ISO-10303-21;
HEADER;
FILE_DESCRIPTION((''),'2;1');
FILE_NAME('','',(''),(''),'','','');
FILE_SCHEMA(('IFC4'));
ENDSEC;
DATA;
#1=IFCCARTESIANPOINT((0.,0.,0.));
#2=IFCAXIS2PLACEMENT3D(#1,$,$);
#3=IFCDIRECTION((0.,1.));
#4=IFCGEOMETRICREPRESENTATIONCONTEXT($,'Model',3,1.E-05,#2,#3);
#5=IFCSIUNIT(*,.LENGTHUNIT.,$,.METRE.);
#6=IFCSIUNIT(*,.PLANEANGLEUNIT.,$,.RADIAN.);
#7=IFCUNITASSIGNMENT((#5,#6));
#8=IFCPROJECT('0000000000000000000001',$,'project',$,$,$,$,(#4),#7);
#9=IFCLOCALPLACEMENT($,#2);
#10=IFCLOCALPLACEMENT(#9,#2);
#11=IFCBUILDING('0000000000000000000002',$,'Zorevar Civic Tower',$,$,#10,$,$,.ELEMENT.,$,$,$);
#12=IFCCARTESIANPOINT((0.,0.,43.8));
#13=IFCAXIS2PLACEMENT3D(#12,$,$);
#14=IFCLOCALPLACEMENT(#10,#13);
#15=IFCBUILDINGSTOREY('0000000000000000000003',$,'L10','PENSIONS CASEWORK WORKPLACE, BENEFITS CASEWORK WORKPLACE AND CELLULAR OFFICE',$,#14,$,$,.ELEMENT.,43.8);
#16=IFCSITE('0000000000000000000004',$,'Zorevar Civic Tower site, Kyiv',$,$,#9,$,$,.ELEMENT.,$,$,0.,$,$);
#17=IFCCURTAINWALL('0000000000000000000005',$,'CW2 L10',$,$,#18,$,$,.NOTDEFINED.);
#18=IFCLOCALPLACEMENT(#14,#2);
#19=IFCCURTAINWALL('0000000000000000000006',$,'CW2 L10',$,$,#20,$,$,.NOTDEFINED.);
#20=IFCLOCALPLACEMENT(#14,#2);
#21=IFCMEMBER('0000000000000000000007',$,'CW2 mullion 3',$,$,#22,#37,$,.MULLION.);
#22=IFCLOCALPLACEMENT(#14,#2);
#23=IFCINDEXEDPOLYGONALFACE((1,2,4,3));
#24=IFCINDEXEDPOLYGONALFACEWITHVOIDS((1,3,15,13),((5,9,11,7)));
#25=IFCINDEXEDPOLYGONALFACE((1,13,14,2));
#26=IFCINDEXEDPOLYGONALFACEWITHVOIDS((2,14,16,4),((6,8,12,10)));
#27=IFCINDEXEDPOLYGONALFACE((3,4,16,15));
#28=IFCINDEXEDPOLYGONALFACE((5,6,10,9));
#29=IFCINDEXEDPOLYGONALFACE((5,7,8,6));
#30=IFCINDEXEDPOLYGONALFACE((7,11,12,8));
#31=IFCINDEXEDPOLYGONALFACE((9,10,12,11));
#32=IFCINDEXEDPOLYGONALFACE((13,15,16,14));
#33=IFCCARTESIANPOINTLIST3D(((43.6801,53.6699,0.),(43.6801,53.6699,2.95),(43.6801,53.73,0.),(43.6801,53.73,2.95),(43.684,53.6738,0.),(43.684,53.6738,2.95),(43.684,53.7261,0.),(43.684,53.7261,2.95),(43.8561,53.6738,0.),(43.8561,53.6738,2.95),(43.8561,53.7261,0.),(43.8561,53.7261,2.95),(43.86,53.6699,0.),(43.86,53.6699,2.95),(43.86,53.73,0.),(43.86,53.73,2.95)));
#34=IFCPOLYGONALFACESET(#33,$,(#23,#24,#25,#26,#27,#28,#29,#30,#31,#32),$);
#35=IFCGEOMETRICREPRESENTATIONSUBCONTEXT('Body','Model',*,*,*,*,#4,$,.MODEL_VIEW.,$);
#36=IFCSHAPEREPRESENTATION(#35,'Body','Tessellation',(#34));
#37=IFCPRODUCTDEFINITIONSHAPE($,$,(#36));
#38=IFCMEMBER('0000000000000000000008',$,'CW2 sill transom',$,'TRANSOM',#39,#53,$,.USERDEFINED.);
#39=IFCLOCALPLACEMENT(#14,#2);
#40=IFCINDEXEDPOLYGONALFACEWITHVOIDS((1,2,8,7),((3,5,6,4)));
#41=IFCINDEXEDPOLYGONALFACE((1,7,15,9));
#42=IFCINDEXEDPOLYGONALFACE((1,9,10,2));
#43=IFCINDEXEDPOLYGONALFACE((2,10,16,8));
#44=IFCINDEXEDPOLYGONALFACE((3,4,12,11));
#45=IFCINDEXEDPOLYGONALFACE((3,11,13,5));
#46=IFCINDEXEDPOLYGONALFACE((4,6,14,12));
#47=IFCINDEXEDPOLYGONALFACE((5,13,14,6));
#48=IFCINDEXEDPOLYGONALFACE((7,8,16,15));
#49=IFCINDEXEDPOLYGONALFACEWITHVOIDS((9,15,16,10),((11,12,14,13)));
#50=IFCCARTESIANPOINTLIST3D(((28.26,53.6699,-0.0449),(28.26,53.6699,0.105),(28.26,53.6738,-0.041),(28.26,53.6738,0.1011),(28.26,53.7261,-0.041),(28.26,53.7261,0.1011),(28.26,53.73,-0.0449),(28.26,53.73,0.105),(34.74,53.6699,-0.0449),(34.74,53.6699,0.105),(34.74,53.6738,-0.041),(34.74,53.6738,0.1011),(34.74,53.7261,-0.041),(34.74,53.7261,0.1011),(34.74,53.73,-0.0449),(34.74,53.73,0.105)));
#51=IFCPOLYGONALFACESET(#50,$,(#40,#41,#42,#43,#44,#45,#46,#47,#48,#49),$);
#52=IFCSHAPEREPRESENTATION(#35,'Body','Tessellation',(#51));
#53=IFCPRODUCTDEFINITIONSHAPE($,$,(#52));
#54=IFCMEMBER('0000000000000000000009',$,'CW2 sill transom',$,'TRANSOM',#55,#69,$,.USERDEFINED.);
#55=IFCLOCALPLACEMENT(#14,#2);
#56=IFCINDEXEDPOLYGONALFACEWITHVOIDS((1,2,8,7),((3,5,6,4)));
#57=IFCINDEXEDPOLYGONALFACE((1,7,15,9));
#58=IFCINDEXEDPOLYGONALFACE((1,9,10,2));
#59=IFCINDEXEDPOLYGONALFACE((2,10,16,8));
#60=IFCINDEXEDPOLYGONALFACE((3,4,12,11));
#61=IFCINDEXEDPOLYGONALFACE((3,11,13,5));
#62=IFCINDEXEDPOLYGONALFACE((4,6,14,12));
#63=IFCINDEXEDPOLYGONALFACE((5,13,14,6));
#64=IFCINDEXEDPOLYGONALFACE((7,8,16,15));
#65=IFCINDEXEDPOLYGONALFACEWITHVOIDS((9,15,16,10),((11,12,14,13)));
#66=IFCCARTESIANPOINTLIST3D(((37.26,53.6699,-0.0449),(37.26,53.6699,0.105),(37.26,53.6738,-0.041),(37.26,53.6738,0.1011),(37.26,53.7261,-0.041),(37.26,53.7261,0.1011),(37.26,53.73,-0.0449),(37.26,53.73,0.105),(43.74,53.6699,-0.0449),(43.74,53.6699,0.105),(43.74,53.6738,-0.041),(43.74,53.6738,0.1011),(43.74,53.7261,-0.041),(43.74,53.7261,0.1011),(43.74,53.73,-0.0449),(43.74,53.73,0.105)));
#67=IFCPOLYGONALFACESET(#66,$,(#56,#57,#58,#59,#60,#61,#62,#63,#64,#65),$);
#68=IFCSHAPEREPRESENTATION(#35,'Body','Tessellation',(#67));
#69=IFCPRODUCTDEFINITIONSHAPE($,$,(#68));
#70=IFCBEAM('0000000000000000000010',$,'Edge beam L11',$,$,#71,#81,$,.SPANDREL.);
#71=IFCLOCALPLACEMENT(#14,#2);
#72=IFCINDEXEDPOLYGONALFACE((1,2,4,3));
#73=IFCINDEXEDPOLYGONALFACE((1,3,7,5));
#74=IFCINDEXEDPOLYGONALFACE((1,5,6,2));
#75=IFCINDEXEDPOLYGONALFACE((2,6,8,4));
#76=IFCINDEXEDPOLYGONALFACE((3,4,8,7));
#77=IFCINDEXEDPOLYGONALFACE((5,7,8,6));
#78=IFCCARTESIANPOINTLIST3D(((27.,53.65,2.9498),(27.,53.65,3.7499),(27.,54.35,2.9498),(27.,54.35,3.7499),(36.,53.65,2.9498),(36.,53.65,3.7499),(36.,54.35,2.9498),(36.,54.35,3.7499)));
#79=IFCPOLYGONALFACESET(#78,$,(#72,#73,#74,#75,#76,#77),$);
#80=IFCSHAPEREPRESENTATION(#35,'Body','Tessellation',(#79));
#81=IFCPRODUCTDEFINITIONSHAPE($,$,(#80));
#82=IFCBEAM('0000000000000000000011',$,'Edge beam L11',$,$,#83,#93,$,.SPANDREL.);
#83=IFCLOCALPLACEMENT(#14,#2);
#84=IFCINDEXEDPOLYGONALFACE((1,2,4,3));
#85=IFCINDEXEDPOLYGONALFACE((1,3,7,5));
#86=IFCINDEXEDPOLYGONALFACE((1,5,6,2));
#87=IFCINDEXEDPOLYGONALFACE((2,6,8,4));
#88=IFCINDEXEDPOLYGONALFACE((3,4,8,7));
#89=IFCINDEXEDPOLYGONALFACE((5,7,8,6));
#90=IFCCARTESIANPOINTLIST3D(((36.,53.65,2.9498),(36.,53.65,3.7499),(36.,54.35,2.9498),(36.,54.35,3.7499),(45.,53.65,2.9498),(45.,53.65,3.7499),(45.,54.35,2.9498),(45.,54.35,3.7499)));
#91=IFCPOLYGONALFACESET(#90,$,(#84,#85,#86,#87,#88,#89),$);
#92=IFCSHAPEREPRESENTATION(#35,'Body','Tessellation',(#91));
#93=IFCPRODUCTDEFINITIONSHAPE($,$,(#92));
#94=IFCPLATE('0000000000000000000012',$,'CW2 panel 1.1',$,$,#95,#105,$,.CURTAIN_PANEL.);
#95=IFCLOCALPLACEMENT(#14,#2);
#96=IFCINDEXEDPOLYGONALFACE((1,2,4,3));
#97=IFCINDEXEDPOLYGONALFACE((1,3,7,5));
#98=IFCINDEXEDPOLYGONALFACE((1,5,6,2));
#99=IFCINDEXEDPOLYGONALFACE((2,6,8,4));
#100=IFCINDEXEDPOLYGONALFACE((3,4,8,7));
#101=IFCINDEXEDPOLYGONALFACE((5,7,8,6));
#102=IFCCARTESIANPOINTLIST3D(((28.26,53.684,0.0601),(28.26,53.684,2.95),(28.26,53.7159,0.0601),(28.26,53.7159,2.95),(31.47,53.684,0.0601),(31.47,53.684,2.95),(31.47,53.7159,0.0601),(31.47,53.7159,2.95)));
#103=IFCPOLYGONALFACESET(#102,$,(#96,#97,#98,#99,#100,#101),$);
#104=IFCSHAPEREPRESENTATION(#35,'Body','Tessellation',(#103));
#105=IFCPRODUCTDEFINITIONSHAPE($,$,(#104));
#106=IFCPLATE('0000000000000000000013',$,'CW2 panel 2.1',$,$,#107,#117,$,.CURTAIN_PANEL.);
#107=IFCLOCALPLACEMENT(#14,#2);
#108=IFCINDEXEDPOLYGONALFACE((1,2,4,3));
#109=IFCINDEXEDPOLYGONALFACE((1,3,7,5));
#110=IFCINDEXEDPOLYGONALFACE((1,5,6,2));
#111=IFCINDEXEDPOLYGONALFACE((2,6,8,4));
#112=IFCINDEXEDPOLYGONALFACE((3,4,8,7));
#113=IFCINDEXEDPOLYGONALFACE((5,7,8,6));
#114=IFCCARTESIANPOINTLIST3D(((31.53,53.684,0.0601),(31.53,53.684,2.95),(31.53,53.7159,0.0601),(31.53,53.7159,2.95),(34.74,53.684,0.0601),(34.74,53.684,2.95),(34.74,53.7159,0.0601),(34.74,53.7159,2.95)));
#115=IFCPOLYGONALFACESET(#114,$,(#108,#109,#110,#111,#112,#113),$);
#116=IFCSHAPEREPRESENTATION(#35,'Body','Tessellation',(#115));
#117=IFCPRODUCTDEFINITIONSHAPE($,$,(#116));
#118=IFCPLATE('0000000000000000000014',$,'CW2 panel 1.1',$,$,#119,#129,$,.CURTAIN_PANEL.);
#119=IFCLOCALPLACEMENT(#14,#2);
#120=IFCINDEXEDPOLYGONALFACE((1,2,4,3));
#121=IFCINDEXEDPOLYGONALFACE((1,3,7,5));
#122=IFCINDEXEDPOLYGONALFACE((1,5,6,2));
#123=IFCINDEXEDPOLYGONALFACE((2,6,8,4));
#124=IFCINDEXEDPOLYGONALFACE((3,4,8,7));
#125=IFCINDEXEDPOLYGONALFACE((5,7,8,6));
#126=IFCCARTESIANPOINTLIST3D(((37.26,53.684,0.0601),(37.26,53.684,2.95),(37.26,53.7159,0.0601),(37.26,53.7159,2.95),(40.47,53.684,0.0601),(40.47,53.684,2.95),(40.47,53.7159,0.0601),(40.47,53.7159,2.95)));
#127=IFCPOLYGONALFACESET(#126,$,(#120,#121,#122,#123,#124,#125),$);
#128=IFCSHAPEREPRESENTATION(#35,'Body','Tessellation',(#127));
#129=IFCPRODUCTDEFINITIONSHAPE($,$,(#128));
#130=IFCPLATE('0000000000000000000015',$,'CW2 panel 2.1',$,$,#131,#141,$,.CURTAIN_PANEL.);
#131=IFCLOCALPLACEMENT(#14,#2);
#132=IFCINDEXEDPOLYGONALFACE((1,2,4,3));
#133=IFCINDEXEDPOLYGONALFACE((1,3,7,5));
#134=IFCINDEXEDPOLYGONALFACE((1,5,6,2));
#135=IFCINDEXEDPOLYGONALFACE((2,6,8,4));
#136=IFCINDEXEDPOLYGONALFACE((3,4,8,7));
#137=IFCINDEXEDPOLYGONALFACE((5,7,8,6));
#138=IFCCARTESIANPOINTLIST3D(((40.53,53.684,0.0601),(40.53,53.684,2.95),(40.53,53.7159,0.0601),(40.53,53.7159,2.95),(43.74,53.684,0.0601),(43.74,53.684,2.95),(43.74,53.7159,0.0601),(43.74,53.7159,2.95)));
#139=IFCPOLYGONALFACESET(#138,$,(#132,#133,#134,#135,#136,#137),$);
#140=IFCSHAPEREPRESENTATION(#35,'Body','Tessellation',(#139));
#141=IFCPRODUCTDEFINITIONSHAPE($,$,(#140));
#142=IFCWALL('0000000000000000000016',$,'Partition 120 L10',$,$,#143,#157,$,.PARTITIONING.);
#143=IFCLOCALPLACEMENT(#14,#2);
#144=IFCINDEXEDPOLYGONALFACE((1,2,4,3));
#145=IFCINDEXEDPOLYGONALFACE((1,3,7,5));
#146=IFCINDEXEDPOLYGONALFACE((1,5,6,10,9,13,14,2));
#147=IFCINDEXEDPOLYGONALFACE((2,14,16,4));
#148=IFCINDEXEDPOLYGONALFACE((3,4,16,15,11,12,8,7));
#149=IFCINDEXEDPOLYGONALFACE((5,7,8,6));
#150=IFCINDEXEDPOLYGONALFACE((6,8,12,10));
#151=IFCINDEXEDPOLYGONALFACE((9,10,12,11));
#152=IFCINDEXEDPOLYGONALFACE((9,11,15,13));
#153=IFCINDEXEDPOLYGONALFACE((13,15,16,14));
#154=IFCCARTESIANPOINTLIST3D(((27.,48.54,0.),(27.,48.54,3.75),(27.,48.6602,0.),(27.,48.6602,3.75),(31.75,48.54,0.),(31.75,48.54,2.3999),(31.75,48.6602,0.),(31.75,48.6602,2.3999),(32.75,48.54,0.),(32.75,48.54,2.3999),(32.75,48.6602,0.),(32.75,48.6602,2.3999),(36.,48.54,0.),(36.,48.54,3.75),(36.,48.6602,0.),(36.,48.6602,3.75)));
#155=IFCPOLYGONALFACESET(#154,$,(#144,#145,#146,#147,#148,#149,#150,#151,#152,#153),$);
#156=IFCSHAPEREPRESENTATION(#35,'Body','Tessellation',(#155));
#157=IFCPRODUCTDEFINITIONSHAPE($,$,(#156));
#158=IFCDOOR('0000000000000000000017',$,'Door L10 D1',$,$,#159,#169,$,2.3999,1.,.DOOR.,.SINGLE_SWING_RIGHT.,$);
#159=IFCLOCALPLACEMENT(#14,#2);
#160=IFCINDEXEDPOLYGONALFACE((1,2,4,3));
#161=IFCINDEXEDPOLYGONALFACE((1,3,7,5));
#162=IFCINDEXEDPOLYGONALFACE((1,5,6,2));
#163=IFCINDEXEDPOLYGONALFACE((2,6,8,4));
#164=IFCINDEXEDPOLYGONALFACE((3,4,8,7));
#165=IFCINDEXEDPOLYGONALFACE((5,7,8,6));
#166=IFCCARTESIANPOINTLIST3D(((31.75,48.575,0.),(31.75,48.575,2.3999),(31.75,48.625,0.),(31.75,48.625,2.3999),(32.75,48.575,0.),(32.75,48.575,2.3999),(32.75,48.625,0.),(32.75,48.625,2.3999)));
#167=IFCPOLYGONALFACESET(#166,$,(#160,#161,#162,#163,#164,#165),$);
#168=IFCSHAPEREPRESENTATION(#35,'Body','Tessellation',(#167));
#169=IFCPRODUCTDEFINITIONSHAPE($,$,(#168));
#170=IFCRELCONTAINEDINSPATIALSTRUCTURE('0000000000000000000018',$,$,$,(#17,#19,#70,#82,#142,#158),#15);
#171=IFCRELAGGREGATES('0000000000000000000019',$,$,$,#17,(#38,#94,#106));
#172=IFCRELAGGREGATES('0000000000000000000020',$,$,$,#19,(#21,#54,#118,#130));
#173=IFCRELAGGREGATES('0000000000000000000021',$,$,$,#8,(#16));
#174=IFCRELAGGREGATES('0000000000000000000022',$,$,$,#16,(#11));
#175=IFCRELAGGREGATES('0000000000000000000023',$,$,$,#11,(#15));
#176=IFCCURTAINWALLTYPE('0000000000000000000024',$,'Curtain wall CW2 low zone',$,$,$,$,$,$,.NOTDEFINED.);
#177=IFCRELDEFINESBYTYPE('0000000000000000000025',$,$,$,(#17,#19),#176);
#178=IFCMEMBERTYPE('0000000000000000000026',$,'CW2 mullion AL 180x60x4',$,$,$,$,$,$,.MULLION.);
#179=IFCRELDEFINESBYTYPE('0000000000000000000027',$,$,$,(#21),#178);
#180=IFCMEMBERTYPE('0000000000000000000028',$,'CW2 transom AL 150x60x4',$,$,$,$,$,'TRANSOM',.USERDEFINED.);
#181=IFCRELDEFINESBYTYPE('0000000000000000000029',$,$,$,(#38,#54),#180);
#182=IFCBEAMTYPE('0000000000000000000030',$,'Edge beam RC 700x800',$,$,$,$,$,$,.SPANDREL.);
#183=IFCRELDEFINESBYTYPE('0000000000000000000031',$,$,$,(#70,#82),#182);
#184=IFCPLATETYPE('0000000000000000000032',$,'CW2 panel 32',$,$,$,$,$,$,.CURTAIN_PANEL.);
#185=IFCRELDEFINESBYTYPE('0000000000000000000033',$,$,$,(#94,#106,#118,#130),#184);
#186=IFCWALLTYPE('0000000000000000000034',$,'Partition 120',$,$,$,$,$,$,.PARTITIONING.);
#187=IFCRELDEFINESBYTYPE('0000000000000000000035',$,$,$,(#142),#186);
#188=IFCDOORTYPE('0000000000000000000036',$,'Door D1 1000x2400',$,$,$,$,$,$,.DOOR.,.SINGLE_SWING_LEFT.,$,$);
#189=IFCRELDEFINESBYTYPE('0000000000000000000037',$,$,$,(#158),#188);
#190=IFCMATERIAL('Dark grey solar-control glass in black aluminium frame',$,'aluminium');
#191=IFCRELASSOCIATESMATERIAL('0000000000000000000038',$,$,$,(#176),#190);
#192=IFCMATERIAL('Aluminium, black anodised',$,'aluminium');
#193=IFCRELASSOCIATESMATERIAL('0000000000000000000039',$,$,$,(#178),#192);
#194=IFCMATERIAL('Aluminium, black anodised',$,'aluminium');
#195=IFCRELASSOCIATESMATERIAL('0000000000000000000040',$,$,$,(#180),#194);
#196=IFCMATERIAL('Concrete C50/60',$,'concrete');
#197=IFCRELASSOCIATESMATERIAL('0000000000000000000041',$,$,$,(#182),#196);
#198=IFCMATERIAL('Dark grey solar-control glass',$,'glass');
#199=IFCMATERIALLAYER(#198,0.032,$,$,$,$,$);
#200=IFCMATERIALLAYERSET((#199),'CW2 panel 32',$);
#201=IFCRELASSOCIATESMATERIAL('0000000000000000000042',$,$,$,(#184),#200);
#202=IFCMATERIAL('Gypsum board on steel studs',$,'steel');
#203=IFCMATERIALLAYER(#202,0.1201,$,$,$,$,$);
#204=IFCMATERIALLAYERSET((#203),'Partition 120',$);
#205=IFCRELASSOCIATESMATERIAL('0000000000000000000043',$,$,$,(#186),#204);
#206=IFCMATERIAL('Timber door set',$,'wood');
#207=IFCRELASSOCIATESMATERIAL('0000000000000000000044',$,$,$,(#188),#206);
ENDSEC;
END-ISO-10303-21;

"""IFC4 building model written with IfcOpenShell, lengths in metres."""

from ifc_helpers import new_model, si_unit, direction, frame, frame_2d, origin, origin_2d, place, context, subcontext, project, spatial, rectangle, hollow_rectangle, extrude, material, layer, layer_set, material_profile, profile_set, type_object, element, fill, aggregate, save


model = new_model("IFC4")

# Units and contexts
model_context = context("Model", 3, precision=1e-05, world=origin(), true_north=direction((0.0, 1.0)))
body_context = subcontext(model_context, "Body", "Model", "MODEL_VIEW")
ifc_project = project(units=[si_unit("LENGTHUNIT", "METRE"), si_unit("PLANEANGLEUNIT", "RADIAN")], contexts=[model_context])

# Site, building, storey
site_placement = place(None, origin())
site = spatial("IfcSite", under=ifc_project, at=site_placement, Name="Zorevar Civic Tower site, Kyiv", CompositionType="ELEMENT", RefElevation=0.0)
building_placement = place(site_placement, origin())
building = spatial("IfcBuilding", under=site, at=building_placement, Name="Zorevar Civic Tower", CompositionType="ELEMENT")
storey_placement = place(building_placement, frame((0.0, 0.0, 43.8)))
storey = spatial("IfcBuildingStorey", under=building, at=storey_placement, Name="L10", Description="PENSIONS CASEWORK WORKPLACE, BENEFITS CASEWORK WORKPLACE AND CELLULAR OFFICE", CompositionType="ELEMENT", Elevation=43.8)

# Curtain walls, member
ifc_material_1 = material(Name="Dark grey solar-control glass in black aluminium frame", Category="aluminium")
curtain_wall_type = type_object("IfcCurtainWallType", Name="Curtain wall CW2 low zone", PredefinedType="NOTDEFINED", material=ifc_material_1)
curtain_wall_1_placement = place(storey_placement, origin())
curtain_wall_1 = element("IfcCurtainWall", 1, at=curtain_wall_1_placement, inside=storey, type_object=curtain_wall_type, Name="CW2 L10", PredefinedType="NOTDEFINED")
ifc_material_2 = material(Name="Aluminium, black anodised", Category="aluminium")
ifc_material_profile_1 = material_profile(ifc_material_2, hollow_rectangle(XDim=0.0601, YDim=0.1799, WallThickness=0.0039, at=origin_2d()), Name="AL 180x60x4")
ifc_profile_set_1 = profile_set([ifc_material_profile_1], Name="Aluminium, black anodised")
member_type_1 = type_object("IfcMemberType", Name="CW2 mullion AL 180x60x4", PredefinedType="MULLION", material=ifc_profile_set_1)
curtain_wall_2_placement = place(storey_placement, origin())
curtain_wall_2 = element("IfcCurtainWall", 2, at=curtain_wall_2_placement, inside=storey, type_object=curtain_wall_type, Name="CW2 L10", PredefinedType="NOTDEFINED")
member_1_placement = place(storey_placement, frame((43.77, 53.7, 0.0), z_axis=(0.0, 0.0, 1.0), x_axis=(0.0, 1.0, 0.0)))
member_1 = element("IfcMember", 3, at=member_1_placement, type_object=member_type_1, Name="CW2 mullion 3", PredefinedType="MULLION", context=body_context, shape_type="SweptSolid", body=[
    extrude(hollow_rectangle(XDim=0.0601, YDim=0.1799, WallThickness=0.0039, at=origin_2d()), origin(), (0.0, 0.0, 1.0), 2.95),
])

# Members
ifc_material_3 = material(Name="Aluminium, black anodised", Category="aluminium")
ifc_material_profile_2 = material_profile(ifc_material_3, hollow_rectangle(XDim=0.0601, YDim=0.1499, WallThickness=0.0039, at=origin_2d()), Name="AL 150x60x4")
ifc_profile_set_2 = profile_set([ifc_material_profile_2], Name="Aluminium, black anodised")
member_type_2 = type_object("IfcMemberType", Name="CW2 transom AL 150x60x4", ElementType="TRANSOM", PredefinedType="USERDEFINED", material=ifc_profile_set_2)
member_2_placement = place(storey_placement, frame((28.26, 53.7, 0.03), z_axis=(1.0, 0.0, 0.0), x_axis=(0.0, 1.0, 0.0)))
member_2 = element("IfcMember", 4, at=member_2_placement, type_object=member_type_2, Name="CW2 sill transom", ObjectType="TRANSOM", PredefinedType="USERDEFINED", context=body_context, shape_type="SweptSolid", body=[
    extrude(hollow_rectangle(XDim=0.0601, YDim=0.1499, WallThickness=0.0039, at=origin_2d()), origin(), (0.0, 0.0, 1.0), 6.48),
])
member_3_placement = place(storey_placement, frame((37.26, 53.7, 0.03), z_axis=(1.0, 0.0, 0.0), x_axis=(0.0, 1.0, 0.0)))
member_3 = element("IfcMember", 5, at=member_3_placement, type_object=member_type_2, Name="CW2 sill transom", ObjectType="TRANSOM", PredefinedType="USERDEFINED", context=body_context, shape_type="SweptSolid", body=[
    extrude(hollow_rectangle(XDim=0.0601, YDim=0.1499, WallThickness=0.0039, at=origin_2d()), origin(), (0.0, 0.0, 1.0), 6.48),
])

# Beams
ifc_material_4 = material(Name="Concrete C50/60", Category="concrete")
ifc_material_profile_3 = material_profile(ifc_material_4, rectangle(XDim=0.7, YDim=0.8, at=origin_2d()), Name="RC 700x800")
ifc_profile_set_3 = profile_set([ifc_material_profile_3], Name="Concrete C50/60")
beam_type_1 = type_object("IfcBeamType", Name="Edge beam RC 700x800", PredefinedType="SPANDREL", material=ifc_profile_set_3)
for number, where, z_axis, x_axis, name in (
    (6, (27.0, 54.0, 3.3499), (1.0, 0.0, 0.0), (0.0, 1.0, 0.0), "Edge beam L11"),
    (7, (36.0, 54.0, 3.3499), (1.0, 0.0, 0.0), (0.0, 1.0, 0.0), "Edge beam L11"),
):
    element("IfcBeam", number, at=place(storey_placement, frame(where, z_axis=z_axis, x_axis=x_axis)), inside=storey, type_object=beam_type_1, Name=name, PredefinedType="SPANDREL", context=body_context, shape_type="SweptSolid", body=[
        extrude(rectangle(XDim=0.7, YDim=0.8, at=origin_2d()), origin(), (0.0, 0.0, 1.0), 9.0),
    ])

# Plates
ifc_material_5 = material(Name="Dark grey solar-control glass", Category="glass")
ifc_layer_1 = layer(ifc_material_5, 0.032)
ifc_layer_set_1 = layer_set([ifc_layer_1], Name="CW2 panel 32")
plate_type = type_object("IfcPlateType", Name="CW2 panel 32", PredefinedType="CURTAIN_PANEL", material=ifc_layer_set_1)
plate_1_placement = place(storey_placement, frame((29.865, 53.7, 0.0601), z_axis=(0.0, 0.0, 1.0), x_axis=(1.0, 0.0, 0.0)))
plate_1 = element("IfcPlate", 8, at=plate_1_placement, type_object=plate_type, Name="CW2 panel 1.1", PredefinedType="CURTAIN_PANEL", context=body_context, shape_type="SweptSolid", body=[
    extrude(rectangle(XDim=3.21, YDim=0.032, at=origin_2d()), origin(), (0.0, 0.0, 1.0), 2.8899),
])
plate_2_placement = place(storey_placement, frame((33.135, 53.7, 0.0601), z_axis=(0.0, 0.0, 1.0), x_axis=(1.0, 0.0, 0.0)))
plate_2 = element("IfcPlate", 9, at=plate_2_placement, type_object=plate_type, Name="CW2 panel 2.1", PredefinedType="CURTAIN_PANEL", context=body_context, shape_type="SweptSolid", body=[
    extrude(rectangle(XDim=3.21, YDim=0.032, at=origin_2d()), origin(), (0.0, 0.0, 1.0), 2.8899),
])
aggregate(curtain_wall_1, [member_2, plate_1, plate_2])
plate_3_placement = place(storey_placement, frame((38.865, 53.7, 0.0601), z_axis=(0.0, 0.0, 1.0), x_axis=(1.0, 0.0, 0.0)))
plate_3 = element("IfcPlate", 10, at=plate_3_placement, type_object=plate_type, Name="CW2 panel 1.1", PredefinedType="CURTAIN_PANEL", context=body_context, shape_type="SweptSolid", body=[
    extrude(rectangle(XDim=3.21, YDim=0.032, at=origin_2d()), origin(), (0.0, 0.0, 1.0), 2.8899),
])
plate_4_placement = place(storey_placement, frame((42.135, 53.7, 0.0601), z_axis=(0.0, 0.0, 1.0), x_axis=(1.0, 0.0, 0.0)))
plate_4 = element("IfcPlate", 11, at=plate_4_placement, type_object=plate_type, Name="CW2 panel 2.1", PredefinedType="CURTAIN_PANEL", context=body_context, shape_type="SweptSolid", body=[
    extrude(rectangle(XDim=3.21, YDim=0.032, at=origin_2d()), origin(), (0.0, 0.0, 1.0), 2.8899),
])
aggregate(curtain_wall_2, [member_1, member_3, plate_3, plate_4])

# Wall, opening, door
ifc_material_6 = material(Name="Gypsum board on steel studs", Category="steel")
ifc_layer_2 = layer(ifc_material_6, 0.1201)
ifc_layer_set_2 = layer_set([ifc_layer_2], Name="Partition 120")
wall_type = type_object("IfcWallType", Name="Partition 120", PredefinedType="PARTITIONING", material=ifc_layer_set_2)
wall_1_placement = place(storey_placement, frame((27.0, 48.6001, 0.0), z_axis=(0.0, 0.0, 1.0), x_axis=(1.0, 0.0, 0.0)))
wall_1 = element("IfcWall", 12, at=wall_1_placement, inside=storey, type_object=wall_type, Name="Partition 120 L10", PredefinedType="PARTITIONING", context=body_context, shape_type="SweptSolid", body=[
    extrude(rectangle(XDim=9.0, YDim=0.1201, at=frame_2d((4.5, 0.0))), origin(), (0.0, 0.0, 1.0), 3.75),
])
opening_1_placement = place(wall_1_placement, frame((4.75, 0.0, 0.0)))
opening_1 = element("IfcOpeningElement", 13, at=opening_1_placement, cuts=wall_1, PredefinedType="OPENING", context=body_context, shape_type="SweptSolid", body=[
    extrude(rectangle(XDim=1.0, YDim=2.3999, at=frame_2d((0.5, 1.2))), frame((0.0, 0.0701, 0.0), z_axis=(0.0, -1.0, 0.0), x_axis=(1.0, 0.0, 0.0)), (0.0, 0.0, 1.0), 0.1401),
])
ifc_material_7 = material(Name="Timber door set", Category="wood")
door_type = type_object("IfcDoorType", Name="Door D1 1000x2400", OperationType="SINGLE_SWING_LEFT", PredefinedType="DOOR", material=ifc_material_7)
door_1_placement = place(opening_1_placement, origin())
door_1 = element("IfcDoor", 14, at=door_1_placement, inside=storey, type_object=door_type, Name="Door L10 D1", OperationType="SINGLE_SWING_RIGHT", OverallHeight=2.3999, OverallWidth=1.0, PredefinedType="DOOR", context=body_context, shape_type="SweptSolid", body=[
    extrude(rectangle(XDim=1.0, YDim=2.3999, at=frame_2d((0.5, 1.2))), frame((0.0, 0.0249, 0.0), z_axis=(0.0, -1.0, 0.0), x_axis=(1.0, 0.0, 0.0)), (0.0, 0.0, 1.0), 0.05),
])
fill(opening_1, door_1)

save(model, "model.ifc")
